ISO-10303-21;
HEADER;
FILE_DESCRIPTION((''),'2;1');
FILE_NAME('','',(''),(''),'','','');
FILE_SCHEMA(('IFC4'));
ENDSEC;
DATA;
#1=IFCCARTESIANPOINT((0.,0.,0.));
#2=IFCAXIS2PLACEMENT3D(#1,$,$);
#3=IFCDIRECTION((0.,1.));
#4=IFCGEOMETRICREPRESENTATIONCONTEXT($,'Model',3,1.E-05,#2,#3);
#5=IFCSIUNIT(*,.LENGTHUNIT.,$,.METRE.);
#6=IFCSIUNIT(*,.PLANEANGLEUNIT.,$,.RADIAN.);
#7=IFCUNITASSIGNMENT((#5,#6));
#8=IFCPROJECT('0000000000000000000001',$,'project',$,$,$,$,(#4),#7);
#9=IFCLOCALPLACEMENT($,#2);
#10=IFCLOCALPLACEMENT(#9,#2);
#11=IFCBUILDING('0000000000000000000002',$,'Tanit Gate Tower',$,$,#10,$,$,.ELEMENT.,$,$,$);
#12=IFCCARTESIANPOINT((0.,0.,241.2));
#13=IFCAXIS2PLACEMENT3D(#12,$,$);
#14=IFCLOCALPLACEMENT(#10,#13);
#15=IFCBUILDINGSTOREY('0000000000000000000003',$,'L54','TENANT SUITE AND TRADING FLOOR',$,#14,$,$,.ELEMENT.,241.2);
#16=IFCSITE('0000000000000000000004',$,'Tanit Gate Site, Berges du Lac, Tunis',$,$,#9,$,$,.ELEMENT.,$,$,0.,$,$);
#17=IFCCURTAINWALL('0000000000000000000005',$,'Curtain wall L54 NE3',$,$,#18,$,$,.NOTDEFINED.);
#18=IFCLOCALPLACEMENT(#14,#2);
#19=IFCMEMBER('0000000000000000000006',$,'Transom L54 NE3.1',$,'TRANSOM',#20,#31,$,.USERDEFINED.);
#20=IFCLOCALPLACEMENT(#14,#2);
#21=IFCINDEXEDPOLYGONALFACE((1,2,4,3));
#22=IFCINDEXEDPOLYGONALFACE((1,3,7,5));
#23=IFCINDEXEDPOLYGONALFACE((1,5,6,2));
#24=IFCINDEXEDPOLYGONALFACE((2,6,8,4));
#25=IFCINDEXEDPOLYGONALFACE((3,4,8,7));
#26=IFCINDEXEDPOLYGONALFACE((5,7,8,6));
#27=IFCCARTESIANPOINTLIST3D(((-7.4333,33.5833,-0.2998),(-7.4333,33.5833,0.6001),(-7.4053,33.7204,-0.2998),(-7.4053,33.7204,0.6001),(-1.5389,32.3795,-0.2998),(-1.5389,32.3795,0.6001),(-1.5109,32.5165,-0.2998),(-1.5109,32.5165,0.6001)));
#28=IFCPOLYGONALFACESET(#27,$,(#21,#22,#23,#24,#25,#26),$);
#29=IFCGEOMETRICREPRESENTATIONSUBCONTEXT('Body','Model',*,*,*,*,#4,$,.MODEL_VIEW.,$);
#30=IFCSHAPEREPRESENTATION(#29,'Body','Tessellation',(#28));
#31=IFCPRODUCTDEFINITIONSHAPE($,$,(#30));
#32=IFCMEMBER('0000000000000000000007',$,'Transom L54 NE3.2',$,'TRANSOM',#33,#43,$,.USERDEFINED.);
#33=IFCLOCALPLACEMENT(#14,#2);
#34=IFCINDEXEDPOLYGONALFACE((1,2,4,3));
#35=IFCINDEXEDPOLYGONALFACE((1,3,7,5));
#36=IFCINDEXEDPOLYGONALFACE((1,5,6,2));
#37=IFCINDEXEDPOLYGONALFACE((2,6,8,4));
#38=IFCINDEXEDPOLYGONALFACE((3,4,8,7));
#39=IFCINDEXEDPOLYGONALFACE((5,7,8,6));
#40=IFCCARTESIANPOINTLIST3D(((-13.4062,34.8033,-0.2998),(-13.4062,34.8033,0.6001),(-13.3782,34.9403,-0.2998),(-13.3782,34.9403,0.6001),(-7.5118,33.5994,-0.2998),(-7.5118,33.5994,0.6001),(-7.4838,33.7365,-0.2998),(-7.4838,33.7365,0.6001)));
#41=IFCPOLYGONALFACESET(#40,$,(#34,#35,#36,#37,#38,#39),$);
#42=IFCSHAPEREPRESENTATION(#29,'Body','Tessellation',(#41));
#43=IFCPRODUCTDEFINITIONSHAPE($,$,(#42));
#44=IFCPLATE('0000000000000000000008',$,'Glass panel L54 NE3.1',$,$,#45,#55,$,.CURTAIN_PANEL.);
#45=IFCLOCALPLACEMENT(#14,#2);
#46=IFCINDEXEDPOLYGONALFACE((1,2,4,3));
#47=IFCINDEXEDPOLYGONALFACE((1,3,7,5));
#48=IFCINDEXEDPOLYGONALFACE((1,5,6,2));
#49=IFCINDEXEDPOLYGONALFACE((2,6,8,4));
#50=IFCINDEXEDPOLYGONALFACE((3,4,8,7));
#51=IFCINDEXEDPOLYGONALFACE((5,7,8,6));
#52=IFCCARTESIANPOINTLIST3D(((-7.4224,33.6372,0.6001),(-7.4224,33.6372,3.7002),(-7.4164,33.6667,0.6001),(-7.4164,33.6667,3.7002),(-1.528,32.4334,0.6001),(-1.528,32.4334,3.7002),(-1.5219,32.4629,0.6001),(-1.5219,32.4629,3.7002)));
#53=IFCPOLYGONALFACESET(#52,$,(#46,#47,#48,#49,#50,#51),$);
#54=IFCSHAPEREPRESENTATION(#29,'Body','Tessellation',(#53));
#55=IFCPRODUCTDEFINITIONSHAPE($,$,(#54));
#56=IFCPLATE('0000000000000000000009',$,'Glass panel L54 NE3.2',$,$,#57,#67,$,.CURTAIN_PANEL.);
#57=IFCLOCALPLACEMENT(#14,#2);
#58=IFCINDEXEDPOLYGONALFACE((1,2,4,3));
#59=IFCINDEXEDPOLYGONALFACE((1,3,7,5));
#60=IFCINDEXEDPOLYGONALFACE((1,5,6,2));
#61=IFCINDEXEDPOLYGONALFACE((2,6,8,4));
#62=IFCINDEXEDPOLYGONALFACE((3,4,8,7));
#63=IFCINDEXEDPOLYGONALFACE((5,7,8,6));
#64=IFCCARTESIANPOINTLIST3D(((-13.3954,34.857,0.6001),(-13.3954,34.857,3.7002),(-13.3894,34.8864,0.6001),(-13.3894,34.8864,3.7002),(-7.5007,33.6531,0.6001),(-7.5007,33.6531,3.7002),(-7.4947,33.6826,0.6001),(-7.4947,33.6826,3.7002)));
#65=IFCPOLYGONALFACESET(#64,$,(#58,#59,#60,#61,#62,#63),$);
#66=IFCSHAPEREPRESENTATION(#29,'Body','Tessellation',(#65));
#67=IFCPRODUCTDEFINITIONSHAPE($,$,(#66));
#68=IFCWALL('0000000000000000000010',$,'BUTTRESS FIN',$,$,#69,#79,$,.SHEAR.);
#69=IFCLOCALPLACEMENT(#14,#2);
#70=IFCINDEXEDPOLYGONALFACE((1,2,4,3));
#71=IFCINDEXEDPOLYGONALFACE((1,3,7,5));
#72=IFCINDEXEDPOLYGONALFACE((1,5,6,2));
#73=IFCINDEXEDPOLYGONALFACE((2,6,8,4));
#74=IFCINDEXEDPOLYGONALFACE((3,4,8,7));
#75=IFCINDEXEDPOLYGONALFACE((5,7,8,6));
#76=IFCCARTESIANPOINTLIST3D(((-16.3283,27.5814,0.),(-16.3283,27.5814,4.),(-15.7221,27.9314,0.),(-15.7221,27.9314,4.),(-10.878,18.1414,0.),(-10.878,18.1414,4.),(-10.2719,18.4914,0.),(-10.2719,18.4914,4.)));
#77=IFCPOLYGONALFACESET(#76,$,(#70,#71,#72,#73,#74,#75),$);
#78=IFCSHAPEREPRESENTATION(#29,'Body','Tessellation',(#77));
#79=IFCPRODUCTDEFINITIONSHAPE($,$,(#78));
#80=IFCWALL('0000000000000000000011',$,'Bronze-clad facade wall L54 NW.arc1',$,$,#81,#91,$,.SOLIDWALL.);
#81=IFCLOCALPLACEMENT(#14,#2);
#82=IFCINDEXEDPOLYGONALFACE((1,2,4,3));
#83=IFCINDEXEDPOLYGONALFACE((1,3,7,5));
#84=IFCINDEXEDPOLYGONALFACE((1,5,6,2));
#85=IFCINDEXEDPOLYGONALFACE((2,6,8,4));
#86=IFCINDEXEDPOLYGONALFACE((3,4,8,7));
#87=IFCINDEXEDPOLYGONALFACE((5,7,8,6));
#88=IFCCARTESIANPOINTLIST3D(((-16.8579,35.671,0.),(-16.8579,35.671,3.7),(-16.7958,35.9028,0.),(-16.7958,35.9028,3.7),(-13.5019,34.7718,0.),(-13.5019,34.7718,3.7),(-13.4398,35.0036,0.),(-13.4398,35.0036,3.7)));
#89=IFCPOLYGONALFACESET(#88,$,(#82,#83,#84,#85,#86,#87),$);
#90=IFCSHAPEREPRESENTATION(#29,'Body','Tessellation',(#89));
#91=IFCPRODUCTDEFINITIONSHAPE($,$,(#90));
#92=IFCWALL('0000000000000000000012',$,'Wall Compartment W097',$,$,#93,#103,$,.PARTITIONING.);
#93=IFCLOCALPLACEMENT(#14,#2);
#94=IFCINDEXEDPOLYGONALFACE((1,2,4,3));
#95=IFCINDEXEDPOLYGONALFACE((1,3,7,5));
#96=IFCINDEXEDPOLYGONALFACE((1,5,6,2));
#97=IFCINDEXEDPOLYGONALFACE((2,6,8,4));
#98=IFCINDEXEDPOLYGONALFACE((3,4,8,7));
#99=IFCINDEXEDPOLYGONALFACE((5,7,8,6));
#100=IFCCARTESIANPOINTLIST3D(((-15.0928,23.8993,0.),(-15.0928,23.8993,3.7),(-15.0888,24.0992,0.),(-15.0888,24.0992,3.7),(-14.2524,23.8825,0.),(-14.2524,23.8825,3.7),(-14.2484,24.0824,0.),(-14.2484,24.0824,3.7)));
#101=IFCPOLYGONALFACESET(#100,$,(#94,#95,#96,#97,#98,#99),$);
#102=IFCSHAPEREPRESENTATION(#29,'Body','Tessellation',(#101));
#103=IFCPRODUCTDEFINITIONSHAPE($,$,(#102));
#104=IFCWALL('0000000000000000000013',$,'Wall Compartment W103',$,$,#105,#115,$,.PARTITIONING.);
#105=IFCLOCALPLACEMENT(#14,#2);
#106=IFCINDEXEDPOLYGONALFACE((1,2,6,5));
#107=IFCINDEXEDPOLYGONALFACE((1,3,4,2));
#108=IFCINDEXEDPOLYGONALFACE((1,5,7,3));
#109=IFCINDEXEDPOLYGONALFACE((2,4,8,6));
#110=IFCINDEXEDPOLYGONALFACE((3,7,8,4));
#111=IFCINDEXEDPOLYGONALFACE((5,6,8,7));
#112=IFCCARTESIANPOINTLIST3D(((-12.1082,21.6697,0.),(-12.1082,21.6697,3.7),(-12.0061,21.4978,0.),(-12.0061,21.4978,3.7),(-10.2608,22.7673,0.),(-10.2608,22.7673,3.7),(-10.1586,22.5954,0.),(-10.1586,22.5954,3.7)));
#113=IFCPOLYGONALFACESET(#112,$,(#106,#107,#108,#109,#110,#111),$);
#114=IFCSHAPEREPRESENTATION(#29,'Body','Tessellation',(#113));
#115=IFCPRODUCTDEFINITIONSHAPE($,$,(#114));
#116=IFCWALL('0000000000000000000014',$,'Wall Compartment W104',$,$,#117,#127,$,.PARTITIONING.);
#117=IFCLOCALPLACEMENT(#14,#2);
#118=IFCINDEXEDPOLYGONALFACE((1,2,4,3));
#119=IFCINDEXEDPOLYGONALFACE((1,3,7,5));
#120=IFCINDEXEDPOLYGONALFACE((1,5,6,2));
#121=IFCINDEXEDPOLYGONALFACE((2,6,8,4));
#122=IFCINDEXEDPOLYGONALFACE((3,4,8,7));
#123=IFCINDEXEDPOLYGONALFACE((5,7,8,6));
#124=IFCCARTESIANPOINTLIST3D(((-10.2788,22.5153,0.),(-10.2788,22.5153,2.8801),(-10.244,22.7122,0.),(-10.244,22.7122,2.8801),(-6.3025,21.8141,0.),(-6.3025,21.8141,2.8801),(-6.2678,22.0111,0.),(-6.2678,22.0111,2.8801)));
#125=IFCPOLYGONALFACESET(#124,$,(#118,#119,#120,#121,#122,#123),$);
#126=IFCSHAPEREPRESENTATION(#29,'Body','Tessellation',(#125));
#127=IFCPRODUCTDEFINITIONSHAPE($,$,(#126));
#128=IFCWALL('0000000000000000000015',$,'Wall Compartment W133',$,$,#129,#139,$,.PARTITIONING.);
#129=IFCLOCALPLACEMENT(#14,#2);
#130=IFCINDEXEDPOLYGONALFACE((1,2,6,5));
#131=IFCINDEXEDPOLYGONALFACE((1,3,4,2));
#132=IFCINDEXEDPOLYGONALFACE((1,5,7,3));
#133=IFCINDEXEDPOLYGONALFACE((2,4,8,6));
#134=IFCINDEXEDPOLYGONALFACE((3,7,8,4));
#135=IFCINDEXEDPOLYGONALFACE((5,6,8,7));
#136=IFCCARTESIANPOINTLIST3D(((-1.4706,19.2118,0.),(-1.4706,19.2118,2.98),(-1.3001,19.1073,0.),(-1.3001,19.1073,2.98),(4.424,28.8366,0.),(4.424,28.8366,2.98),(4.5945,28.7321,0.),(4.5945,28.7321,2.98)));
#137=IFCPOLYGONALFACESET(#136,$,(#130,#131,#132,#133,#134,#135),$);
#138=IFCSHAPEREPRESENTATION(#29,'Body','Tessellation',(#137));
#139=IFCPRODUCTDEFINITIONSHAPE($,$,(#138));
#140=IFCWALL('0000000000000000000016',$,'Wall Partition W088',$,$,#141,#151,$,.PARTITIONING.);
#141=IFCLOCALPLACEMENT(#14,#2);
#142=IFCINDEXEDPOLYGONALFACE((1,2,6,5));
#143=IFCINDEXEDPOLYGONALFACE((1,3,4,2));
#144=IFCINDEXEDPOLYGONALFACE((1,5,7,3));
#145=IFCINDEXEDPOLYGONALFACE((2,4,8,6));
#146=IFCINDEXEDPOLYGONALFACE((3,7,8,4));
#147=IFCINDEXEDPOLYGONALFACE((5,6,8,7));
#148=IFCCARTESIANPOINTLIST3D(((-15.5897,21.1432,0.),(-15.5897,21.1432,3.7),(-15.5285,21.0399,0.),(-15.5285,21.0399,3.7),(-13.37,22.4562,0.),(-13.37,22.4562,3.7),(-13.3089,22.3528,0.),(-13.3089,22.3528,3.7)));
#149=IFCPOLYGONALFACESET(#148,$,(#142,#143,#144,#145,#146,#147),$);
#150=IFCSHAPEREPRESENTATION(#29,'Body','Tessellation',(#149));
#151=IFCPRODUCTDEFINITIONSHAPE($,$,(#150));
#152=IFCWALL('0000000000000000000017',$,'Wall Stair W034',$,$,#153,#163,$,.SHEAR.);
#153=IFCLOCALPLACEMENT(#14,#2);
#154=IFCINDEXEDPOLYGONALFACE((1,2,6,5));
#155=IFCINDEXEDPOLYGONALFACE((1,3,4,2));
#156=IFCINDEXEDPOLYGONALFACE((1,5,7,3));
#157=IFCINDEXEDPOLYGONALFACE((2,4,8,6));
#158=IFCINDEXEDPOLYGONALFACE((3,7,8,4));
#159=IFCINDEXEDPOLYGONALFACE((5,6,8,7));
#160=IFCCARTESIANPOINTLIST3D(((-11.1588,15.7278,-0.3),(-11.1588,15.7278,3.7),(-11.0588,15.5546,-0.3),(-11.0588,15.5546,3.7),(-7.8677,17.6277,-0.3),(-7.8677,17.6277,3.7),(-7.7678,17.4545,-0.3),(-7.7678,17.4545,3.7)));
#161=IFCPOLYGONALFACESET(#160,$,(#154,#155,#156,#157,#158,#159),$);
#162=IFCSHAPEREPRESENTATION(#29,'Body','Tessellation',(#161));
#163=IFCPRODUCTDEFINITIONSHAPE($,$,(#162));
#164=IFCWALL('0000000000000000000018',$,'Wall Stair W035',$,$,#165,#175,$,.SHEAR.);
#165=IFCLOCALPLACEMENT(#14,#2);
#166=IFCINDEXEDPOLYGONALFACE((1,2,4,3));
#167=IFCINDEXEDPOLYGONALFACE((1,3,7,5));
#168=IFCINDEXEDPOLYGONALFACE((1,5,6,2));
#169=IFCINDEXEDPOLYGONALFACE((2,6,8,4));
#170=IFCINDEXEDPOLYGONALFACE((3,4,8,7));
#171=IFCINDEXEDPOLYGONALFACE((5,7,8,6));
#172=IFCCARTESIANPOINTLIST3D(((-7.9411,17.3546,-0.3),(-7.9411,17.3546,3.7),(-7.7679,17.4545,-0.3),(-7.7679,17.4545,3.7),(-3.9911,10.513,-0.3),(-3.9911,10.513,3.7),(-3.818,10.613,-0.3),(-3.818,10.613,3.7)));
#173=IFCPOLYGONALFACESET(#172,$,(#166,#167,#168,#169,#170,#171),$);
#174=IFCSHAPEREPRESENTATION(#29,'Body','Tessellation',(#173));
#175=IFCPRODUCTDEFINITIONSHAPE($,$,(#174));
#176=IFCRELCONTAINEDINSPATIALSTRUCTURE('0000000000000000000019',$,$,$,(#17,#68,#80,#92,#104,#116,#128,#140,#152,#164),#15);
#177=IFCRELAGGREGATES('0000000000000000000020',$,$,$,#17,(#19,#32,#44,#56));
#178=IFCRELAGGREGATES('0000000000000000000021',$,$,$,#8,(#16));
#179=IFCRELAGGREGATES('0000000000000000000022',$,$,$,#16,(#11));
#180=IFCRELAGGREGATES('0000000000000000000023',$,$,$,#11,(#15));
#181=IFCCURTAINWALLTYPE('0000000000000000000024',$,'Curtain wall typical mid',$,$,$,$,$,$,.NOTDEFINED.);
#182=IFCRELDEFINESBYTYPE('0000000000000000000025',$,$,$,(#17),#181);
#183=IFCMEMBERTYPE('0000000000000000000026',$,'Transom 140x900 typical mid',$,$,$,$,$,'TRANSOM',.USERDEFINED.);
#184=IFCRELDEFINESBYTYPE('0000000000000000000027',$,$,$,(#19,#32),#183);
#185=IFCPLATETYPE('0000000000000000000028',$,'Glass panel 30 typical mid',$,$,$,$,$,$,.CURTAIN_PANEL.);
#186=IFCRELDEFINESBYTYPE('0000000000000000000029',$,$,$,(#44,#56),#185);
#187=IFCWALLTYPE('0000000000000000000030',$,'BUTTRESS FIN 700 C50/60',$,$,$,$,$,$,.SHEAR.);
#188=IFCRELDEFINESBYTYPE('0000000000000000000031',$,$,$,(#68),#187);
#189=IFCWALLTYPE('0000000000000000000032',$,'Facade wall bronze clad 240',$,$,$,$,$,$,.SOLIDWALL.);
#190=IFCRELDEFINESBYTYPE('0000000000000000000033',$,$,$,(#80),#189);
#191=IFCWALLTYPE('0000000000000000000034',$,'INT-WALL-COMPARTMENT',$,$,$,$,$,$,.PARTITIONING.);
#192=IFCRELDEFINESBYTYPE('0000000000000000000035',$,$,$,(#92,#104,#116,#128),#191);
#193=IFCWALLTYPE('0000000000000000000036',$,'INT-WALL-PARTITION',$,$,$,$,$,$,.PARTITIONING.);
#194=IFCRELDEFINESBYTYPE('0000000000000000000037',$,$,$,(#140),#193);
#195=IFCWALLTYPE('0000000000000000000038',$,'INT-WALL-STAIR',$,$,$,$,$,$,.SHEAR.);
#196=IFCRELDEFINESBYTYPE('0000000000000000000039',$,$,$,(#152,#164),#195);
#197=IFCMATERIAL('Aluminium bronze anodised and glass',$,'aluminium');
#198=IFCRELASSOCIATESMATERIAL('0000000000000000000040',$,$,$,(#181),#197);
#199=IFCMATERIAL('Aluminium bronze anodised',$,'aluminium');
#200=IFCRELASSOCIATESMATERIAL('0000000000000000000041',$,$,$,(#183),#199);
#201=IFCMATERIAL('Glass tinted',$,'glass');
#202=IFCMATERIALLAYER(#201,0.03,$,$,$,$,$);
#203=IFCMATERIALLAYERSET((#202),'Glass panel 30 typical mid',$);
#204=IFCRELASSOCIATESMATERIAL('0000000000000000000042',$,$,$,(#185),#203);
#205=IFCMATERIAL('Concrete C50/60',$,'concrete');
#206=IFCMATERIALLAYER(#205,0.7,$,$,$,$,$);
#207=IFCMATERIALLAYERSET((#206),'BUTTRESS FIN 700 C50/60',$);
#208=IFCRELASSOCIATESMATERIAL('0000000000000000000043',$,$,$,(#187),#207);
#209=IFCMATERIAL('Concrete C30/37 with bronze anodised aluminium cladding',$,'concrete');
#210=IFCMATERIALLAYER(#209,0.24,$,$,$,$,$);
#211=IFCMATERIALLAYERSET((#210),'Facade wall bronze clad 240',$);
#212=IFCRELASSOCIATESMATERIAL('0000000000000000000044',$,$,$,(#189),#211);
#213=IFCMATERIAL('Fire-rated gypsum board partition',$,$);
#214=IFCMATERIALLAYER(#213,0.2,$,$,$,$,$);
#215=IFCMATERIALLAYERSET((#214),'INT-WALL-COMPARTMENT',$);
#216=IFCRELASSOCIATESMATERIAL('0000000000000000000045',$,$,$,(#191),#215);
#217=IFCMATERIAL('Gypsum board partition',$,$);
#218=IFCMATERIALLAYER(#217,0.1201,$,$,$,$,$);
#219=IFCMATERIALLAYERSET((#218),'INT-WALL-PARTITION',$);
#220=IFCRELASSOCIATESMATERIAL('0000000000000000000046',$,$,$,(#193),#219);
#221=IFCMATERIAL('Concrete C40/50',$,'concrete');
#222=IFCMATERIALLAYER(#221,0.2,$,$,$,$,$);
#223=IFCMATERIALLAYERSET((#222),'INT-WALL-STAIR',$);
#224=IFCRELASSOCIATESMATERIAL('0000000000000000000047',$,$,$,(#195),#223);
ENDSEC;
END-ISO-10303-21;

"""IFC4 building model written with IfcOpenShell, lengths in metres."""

from ifc_helpers import new_model, si_unit, direction, frame, frame_2d, origin, origin_2d, place, context, subcontext, project, spatial, rectangle, extrude, material, layer, layer_set, material_profile, profile_set, type_object, element, aggregate, save


model = new_model("IFC4")

# Units and contexts
model_context = context("Model", 3, precision=1e-05, world=origin(), true_north=direction((0.0, 1.0)))
body_context = subcontext(model_context, "Body", "Model", "MODEL_VIEW")
ifc_project = project(units=[si_unit("LENGTHUNIT", "METRE"), si_unit("PLANEANGLEUNIT", "RADIAN")], contexts=[model_context])

# Site, building, storey
site_placement = place(None, origin())
site = spatial("IfcSite", under=ifc_project, at=site_placement, Name="Tanit Gate Site, Berges du Lac, Tunis", CompositionType="ELEMENT", RefElevation=0.0)
building_placement = place(site_placement, origin())
building = spatial("IfcBuilding", under=site, at=building_placement, Name="Tanit Gate Tower", CompositionType="ELEMENT")
storey_placement = place(building_placement, frame((0.0, 0.0, 241.2)))
storey = spatial("IfcBuildingStorey", under=building, at=storey_placement, Name="L54", Description="TENANT SUITE AND TRADING FLOOR", CompositionType="ELEMENT", Elevation=241.2)

# Curtain wall
ifc_material_1 = material(Name="Aluminium bronze anodised and glass", Category="aluminium")
curtain_wall_type = type_object("IfcCurtainWallType", Name="Curtain wall typical mid", PredefinedType="NOTDEFINED", material=ifc_material_1)
curtain_wall_1_placement = place(storey_placement, origin())
curtain_wall_1 = element("IfcCurtainWall", 1, at=curtain_wall_1_placement, inside=storey, type_object=curtain_wall_type, Name="Curtain wall L54 NE3", PredefinedType="NOTDEFINED")

# Members
ifc_material_2 = material(Name="Aluminium bronze anodised", Category="aluminium")
ifc_material_profile_1 = material_profile(ifc_material_2, rectangle(XDim=0.1399, YDim=0.8999, at=origin_2d()), Name="140x900 bronze transom")
ifc_profile_set_1 = profile_set([ifc_material_profile_1], Name="Aluminium bronze anodised")
member_type_1 = type_object("IfcMemberType", Name="Transom 140x900 typical mid", ElementType="TRANSOM", PredefinedType="USERDEFINED", material=ifc_profile_set_1)
member_1_placement = place(storey_placement, frame((-1.5249, 32.448, 0.1501), z_axis=(-0.979775, 0.200102, 0.0), x_axis=(-0.200102, -0.979775, 0.0)))
member_1 = element("IfcMember", 2, at=member_1_placement, type_object=member_type_1, Name="Transom L54 NE3.1", ObjectType="TRANSOM", PredefinedType="USERDEFINED", context=body_context, shape_type="SweptSolid", body=[
    extrude(rectangle(XDim=0.1399, YDim=0.8999, at=origin_2d()), origin(), (0.0, 0.0, 1.0), 6.0161),
])
member_2_placement = place(storey_placement, frame((-7.4978, 33.668, 0.1501), z_axis=(-0.979775, 0.200102, 0.0), x_axis=(-0.200102, -0.979775, 0.0)))
member_2 = element("IfcMember", 3, at=member_2_placement, type_object=member_type_1, Name="Transom L54 NE3.2", ObjectType="TRANSOM", PredefinedType="USERDEFINED", context=body_context, shape_type="SweptSolid", body=[
    extrude(rectangle(XDim=0.1399, YDim=0.8999, at=origin_2d()), origin(), (0.0, 0.0, 1.0), 6.0161),
])

# Plates
ifc_material_3 = material(Name="Glass tinted", Category="glass")
ifc_layer_1 = layer(ifc_material_3, 0.03)
ifc_layer_set_1 = layer_set([ifc_layer_1], Name="Glass panel 30 typical mid")
plate_type = type_object("IfcPlateType", Name="Glass panel 30 typical mid", PredefinedType="CURTAIN_PANEL", material=ifc_layer_set_1)
plate_1_placement = place(storey_placement, frame((-4.4722, 33.05, 0.6001), z_axis=(0.0, 0.0, 1.0), x_axis=(-0.979776, 0.200098, 0.0)))
plate_1 = element("IfcPlate", 4, at=plate_1_placement, type_object=plate_type, Name="Glass panel L54 NE3.1", PredefinedType="CURTAIN_PANEL", context=body_context, shape_type="SweptSolid", body=[
    extrude(rectangle(XDim=6.0161, YDim=0.03, at=origin_2d()), origin(), (0.0, 0.0, 1.0), 3.1001),
])
plate_2_placement = place(storey_placement, frame((-10.4451, 34.2698, 0.6001), z_axis=(0.0, 0.0, 1.0), x_axis=(-0.979776, 0.200098, 0.0)))
plate_2 = element("IfcPlate", 5, at=plate_2_placement, type_object=plate_type, Name="Glass panel L54 NE3.2", PredefinedType="CURTAIN_PANEL", context=body_context, shape_type="SweptSolid", body=[
    extrude(rectangle(XDim=6.0164, YDim=0.03, at=origin_2d()), origin(), (0.0, 0.0, 1.0), 3.1001),
])
aggregate(curtain_wall_1, [member_1, member_2, plate_1, plate_2])

# Walls
ifc_material_4 = material(Name="Concrete C50/60", Category="concrete")
ifc_layer_2 = layer(ifc_material_4, 0.7)
ifc_layer_set_2 = layer_set([ifc_layer_2], Name="BUTTRESS FIN 700 C50/60")
wall_type_1 = type_object("IfcWallType", Name="BUTTRESS FIN 700 C50/60", PredefinedType="SHEAR", material=ifc_layer_set_2)
wall_1_placement = place(storey_placement, frame((-10.575, 18.3164, 0.0), z_axis=(0.0, 0.0, 1.0), x_axis=(-0.500003, 0.866024, 0.0)))
element("IfcWall", 6, at=wall_1_placement, inside=storey, type_object=wall_type_1, Name="BUTTRESS FIN", PredefinedType="SHEAR", context=body_context, shape_type="SweptSolid", body=[
    extrude(rectangle(XDim=10.9004, YDim=0.7, at=frame_2d((5.4502, 0.0))), origin(), (0.0, 0.0, 1.0), 4.0),
])
ifc_material_5 = material(Name="Concrete C30/37 with bronze anodised aluminium cladding", Category="concrete")
ifc_layer_3 = layer(ifc_material_5, 0.24)
ifc_layer_set_3 = layer_set([ifc_layer_3], Name="Facade wall bronze clad 240")
wall_type_2 = type_object("IfcWallType", Name="Facade wall bronze clad 240", PredefinedType="SOLIDWALL", material=ifc_layer_set_3)
wall_2_placement = place(storey_placement, frame((-13.4707, 34.8877, 0.0), z_axis=(0.0, 0.0, 1.0), x_axis=(-0.96593, 0.258804, 0.0)))
element("IfcWall", 7, at=wall_2_placement, inside=storey, type_object=wall_type_2, Name="Bronze-clad facade wall L54 NW.arc1", PredefinedType="SOLIDWALL", context=body_context, shape_type="SweptSolid", body=[
    extrude(rectangle(XDim=3.4744, YDim=0.24, at=frame_2d((1.7373, 0.0))), origin(), (0.0, 0.0, 1.0), 3.7),
])
ifc_material_6 = material(Name="Fire-rated gypsum board partition")
ifc_layer_4 = layer(ifc_material_6, 0.2)
ifc_layer_set_4 = layer_set([ifc_layer_4], Name="INT-WALL-COMPARTMENT")
wall_type_3 = type_object("IfcWallType", Name="INT-WALL-COMPARTMENT", PredefinedType="PARTITIONING", material=ifc_layer_set_4)
wall_3_placement = place(storey_placement, frame((-14.2502, 23.9824, 0.0), z_axis=(0.0, 0.0, 1.0), x_axis=(-0.999799, 0.020042, 0.0)))
element("IfcWall", 8, at=wall_3_placement, inside=storey, type_object=wall_type_3, Name="Wall Compartment W097", PredefinedType="PARTITIONING", context=body_context, shape_type="SweptSolid", body=[
    extrude(rectangle(XDim=0.8406, YDim=0.2, at=frame_2d((0.4204, 0.0))), origin(), (0.0, 0.0, 1.0), 3.7),
])
wall_4_placement = place(storey_placement, frame((-10.2097, 22.6814, 0.0), z_axis=(0.0, 0.0, 1.0), x_axis=(-0.8597, -0.510799, 0.0)))
element("IfcWall", 9, at=wall_4_placement, inside=storey, type_object=wall_type_3, Name="Wall Compartment W103", PredefinedType="PARTITIONING", context=body_context, shape_type="SweptSolid", body=[
    extrude(rectangle(XDim=2.1489, YDim=0.2, at=frame_2d((1.0745, 0.0))), origin(), (0.0, 0.0, 1.0), 3.7),
])
wall_5_placement = place(storey_placement, frame((-6.2852, 21.9126, 0.0), z_axis=(0.0, 0.0, 1.0), x_axis=(-0.984806, 0.173658, 0.0)))
element("IfcWall", 10, at=wall_5_placement, inside=storey, type_object=wall_type_3, Name="Wall Compartment W104", PredefinedType="PARTITIONING", context=body_context, shape_type="SweptSolid", body=[
    extrude(rectangle(XDim=4.0376, YDim=0.2, at=frame_2d((2.0188, 0.0))), origin(), (0.0, 0.0, 1.0), 2.8801),
])
wall_6_placement = place(storey_placement, frame((-1.3853, 19.1597, 0.0), z_axis=(0.0, 0.0, 1.0), x_axis=(0.522271, 0.852779, 0.0)))
element("IfcWall", 11, at=wall_6_placement, inside=storey, type_object=wall_type_3, Name="Wall Compartment W133", PredefinedType="PARTITIONING", context=body_context, shape_type="SweptSolid", body=[
    extrude(rectangle(XDim=11.2864, YDim=0.2, at=frame_2d((5.6431, 0.0))), origin(), (0.0, 0.0, 1.0), 2.98),
])
ifc_material_7 = material(Name="Gypsum board partition")
ifc_layer_5 = layer(ifc_material_7, 0.1201)
ifc_layer_set_5 = layer_set([ifc_layer_5], Name="INT-WALL-PARTITION")
wall_type_4 = type_object("IfcWallType", Name="INT-WALL-PARTITION", PredefinedType="PARTITIONING", material=ifc_layer_set_5)
wall_7_placement = place(storey_placement, frame((-13.3394, 22.4045, 0.0), z_axis=(0.0, 0.0, 1.0), x_axis=(-0.8607, -0.509112, 0.0)))
element("IfcWall", 12, at=wall_7_placement, inside=storey, type_object=wall_type_4, Name="Wall Partition W088", PredefinedType="PARTITIONING", context=body_context, shape_type="SweptSolid", body=[
    extrude(rectangle(XDim=2.5789, YDim=0.1201, at=frame_2d((1.2896, 0.0))), origin(), (0.0, 0.0, 1.0), 3.7),
])
ifc_material_8 = material(Name="Concrete C40/50", Category="concrete")
ifc_layer_6 = layer(ifc_material_8, 0.2)
ifc_layer_set_6 = layer_set([ifc_layer_6], Name="INT-WALL-STAIR")
wall_type_5 = type_object("IfcWallType", Name="INT-WALL-STAIR", PredefinedType="SHEAR", material=ifc_layer_set_6)
wall_8_placement = place(storey_placement, frame((-7.8179, 17.541, -0.3), z_axis=(0.0, 0.0, 1.0), x_axis=(-0.866044, -0.499967, 0.0)))
element("IfcWall", 13, at=wall_8_placement, inside=storey, type_object=wall_type_5, Name="Wall Stair W034", PredefinedType="SHEAR", context=body_context, shape_type="SweptSolid", body=[
    extrude(rectangle(XDim=3.8, YDim=0.2, at=frame_2d((1.8999, 0.0))), origin(), (0.0, 0.0, 1.0), 4.0),
])
wall_9_placement = place(storey_placement, frame((-7.8545, 17.4045, -0.3), z_axis=(0.0, 0.0, 1.0), x_axis=(0.499998, -0.866027, 0.0)))
element("IfcWall", 14, at=wall_9_placement, inside=storey, type_object=wall_type_5, Name="Wall Stair W035", PredefinedType="SHEAR", context=body_context, shape_type="SweptSolid", body=[
    extrude(rectangle(XDim=7.8999, YDim=0.2, at=frame_2d((3.95, 0.0))), origin(), (0.0, 0.0, 1.0), 4.0),
])

save(model, "model.ifc")
